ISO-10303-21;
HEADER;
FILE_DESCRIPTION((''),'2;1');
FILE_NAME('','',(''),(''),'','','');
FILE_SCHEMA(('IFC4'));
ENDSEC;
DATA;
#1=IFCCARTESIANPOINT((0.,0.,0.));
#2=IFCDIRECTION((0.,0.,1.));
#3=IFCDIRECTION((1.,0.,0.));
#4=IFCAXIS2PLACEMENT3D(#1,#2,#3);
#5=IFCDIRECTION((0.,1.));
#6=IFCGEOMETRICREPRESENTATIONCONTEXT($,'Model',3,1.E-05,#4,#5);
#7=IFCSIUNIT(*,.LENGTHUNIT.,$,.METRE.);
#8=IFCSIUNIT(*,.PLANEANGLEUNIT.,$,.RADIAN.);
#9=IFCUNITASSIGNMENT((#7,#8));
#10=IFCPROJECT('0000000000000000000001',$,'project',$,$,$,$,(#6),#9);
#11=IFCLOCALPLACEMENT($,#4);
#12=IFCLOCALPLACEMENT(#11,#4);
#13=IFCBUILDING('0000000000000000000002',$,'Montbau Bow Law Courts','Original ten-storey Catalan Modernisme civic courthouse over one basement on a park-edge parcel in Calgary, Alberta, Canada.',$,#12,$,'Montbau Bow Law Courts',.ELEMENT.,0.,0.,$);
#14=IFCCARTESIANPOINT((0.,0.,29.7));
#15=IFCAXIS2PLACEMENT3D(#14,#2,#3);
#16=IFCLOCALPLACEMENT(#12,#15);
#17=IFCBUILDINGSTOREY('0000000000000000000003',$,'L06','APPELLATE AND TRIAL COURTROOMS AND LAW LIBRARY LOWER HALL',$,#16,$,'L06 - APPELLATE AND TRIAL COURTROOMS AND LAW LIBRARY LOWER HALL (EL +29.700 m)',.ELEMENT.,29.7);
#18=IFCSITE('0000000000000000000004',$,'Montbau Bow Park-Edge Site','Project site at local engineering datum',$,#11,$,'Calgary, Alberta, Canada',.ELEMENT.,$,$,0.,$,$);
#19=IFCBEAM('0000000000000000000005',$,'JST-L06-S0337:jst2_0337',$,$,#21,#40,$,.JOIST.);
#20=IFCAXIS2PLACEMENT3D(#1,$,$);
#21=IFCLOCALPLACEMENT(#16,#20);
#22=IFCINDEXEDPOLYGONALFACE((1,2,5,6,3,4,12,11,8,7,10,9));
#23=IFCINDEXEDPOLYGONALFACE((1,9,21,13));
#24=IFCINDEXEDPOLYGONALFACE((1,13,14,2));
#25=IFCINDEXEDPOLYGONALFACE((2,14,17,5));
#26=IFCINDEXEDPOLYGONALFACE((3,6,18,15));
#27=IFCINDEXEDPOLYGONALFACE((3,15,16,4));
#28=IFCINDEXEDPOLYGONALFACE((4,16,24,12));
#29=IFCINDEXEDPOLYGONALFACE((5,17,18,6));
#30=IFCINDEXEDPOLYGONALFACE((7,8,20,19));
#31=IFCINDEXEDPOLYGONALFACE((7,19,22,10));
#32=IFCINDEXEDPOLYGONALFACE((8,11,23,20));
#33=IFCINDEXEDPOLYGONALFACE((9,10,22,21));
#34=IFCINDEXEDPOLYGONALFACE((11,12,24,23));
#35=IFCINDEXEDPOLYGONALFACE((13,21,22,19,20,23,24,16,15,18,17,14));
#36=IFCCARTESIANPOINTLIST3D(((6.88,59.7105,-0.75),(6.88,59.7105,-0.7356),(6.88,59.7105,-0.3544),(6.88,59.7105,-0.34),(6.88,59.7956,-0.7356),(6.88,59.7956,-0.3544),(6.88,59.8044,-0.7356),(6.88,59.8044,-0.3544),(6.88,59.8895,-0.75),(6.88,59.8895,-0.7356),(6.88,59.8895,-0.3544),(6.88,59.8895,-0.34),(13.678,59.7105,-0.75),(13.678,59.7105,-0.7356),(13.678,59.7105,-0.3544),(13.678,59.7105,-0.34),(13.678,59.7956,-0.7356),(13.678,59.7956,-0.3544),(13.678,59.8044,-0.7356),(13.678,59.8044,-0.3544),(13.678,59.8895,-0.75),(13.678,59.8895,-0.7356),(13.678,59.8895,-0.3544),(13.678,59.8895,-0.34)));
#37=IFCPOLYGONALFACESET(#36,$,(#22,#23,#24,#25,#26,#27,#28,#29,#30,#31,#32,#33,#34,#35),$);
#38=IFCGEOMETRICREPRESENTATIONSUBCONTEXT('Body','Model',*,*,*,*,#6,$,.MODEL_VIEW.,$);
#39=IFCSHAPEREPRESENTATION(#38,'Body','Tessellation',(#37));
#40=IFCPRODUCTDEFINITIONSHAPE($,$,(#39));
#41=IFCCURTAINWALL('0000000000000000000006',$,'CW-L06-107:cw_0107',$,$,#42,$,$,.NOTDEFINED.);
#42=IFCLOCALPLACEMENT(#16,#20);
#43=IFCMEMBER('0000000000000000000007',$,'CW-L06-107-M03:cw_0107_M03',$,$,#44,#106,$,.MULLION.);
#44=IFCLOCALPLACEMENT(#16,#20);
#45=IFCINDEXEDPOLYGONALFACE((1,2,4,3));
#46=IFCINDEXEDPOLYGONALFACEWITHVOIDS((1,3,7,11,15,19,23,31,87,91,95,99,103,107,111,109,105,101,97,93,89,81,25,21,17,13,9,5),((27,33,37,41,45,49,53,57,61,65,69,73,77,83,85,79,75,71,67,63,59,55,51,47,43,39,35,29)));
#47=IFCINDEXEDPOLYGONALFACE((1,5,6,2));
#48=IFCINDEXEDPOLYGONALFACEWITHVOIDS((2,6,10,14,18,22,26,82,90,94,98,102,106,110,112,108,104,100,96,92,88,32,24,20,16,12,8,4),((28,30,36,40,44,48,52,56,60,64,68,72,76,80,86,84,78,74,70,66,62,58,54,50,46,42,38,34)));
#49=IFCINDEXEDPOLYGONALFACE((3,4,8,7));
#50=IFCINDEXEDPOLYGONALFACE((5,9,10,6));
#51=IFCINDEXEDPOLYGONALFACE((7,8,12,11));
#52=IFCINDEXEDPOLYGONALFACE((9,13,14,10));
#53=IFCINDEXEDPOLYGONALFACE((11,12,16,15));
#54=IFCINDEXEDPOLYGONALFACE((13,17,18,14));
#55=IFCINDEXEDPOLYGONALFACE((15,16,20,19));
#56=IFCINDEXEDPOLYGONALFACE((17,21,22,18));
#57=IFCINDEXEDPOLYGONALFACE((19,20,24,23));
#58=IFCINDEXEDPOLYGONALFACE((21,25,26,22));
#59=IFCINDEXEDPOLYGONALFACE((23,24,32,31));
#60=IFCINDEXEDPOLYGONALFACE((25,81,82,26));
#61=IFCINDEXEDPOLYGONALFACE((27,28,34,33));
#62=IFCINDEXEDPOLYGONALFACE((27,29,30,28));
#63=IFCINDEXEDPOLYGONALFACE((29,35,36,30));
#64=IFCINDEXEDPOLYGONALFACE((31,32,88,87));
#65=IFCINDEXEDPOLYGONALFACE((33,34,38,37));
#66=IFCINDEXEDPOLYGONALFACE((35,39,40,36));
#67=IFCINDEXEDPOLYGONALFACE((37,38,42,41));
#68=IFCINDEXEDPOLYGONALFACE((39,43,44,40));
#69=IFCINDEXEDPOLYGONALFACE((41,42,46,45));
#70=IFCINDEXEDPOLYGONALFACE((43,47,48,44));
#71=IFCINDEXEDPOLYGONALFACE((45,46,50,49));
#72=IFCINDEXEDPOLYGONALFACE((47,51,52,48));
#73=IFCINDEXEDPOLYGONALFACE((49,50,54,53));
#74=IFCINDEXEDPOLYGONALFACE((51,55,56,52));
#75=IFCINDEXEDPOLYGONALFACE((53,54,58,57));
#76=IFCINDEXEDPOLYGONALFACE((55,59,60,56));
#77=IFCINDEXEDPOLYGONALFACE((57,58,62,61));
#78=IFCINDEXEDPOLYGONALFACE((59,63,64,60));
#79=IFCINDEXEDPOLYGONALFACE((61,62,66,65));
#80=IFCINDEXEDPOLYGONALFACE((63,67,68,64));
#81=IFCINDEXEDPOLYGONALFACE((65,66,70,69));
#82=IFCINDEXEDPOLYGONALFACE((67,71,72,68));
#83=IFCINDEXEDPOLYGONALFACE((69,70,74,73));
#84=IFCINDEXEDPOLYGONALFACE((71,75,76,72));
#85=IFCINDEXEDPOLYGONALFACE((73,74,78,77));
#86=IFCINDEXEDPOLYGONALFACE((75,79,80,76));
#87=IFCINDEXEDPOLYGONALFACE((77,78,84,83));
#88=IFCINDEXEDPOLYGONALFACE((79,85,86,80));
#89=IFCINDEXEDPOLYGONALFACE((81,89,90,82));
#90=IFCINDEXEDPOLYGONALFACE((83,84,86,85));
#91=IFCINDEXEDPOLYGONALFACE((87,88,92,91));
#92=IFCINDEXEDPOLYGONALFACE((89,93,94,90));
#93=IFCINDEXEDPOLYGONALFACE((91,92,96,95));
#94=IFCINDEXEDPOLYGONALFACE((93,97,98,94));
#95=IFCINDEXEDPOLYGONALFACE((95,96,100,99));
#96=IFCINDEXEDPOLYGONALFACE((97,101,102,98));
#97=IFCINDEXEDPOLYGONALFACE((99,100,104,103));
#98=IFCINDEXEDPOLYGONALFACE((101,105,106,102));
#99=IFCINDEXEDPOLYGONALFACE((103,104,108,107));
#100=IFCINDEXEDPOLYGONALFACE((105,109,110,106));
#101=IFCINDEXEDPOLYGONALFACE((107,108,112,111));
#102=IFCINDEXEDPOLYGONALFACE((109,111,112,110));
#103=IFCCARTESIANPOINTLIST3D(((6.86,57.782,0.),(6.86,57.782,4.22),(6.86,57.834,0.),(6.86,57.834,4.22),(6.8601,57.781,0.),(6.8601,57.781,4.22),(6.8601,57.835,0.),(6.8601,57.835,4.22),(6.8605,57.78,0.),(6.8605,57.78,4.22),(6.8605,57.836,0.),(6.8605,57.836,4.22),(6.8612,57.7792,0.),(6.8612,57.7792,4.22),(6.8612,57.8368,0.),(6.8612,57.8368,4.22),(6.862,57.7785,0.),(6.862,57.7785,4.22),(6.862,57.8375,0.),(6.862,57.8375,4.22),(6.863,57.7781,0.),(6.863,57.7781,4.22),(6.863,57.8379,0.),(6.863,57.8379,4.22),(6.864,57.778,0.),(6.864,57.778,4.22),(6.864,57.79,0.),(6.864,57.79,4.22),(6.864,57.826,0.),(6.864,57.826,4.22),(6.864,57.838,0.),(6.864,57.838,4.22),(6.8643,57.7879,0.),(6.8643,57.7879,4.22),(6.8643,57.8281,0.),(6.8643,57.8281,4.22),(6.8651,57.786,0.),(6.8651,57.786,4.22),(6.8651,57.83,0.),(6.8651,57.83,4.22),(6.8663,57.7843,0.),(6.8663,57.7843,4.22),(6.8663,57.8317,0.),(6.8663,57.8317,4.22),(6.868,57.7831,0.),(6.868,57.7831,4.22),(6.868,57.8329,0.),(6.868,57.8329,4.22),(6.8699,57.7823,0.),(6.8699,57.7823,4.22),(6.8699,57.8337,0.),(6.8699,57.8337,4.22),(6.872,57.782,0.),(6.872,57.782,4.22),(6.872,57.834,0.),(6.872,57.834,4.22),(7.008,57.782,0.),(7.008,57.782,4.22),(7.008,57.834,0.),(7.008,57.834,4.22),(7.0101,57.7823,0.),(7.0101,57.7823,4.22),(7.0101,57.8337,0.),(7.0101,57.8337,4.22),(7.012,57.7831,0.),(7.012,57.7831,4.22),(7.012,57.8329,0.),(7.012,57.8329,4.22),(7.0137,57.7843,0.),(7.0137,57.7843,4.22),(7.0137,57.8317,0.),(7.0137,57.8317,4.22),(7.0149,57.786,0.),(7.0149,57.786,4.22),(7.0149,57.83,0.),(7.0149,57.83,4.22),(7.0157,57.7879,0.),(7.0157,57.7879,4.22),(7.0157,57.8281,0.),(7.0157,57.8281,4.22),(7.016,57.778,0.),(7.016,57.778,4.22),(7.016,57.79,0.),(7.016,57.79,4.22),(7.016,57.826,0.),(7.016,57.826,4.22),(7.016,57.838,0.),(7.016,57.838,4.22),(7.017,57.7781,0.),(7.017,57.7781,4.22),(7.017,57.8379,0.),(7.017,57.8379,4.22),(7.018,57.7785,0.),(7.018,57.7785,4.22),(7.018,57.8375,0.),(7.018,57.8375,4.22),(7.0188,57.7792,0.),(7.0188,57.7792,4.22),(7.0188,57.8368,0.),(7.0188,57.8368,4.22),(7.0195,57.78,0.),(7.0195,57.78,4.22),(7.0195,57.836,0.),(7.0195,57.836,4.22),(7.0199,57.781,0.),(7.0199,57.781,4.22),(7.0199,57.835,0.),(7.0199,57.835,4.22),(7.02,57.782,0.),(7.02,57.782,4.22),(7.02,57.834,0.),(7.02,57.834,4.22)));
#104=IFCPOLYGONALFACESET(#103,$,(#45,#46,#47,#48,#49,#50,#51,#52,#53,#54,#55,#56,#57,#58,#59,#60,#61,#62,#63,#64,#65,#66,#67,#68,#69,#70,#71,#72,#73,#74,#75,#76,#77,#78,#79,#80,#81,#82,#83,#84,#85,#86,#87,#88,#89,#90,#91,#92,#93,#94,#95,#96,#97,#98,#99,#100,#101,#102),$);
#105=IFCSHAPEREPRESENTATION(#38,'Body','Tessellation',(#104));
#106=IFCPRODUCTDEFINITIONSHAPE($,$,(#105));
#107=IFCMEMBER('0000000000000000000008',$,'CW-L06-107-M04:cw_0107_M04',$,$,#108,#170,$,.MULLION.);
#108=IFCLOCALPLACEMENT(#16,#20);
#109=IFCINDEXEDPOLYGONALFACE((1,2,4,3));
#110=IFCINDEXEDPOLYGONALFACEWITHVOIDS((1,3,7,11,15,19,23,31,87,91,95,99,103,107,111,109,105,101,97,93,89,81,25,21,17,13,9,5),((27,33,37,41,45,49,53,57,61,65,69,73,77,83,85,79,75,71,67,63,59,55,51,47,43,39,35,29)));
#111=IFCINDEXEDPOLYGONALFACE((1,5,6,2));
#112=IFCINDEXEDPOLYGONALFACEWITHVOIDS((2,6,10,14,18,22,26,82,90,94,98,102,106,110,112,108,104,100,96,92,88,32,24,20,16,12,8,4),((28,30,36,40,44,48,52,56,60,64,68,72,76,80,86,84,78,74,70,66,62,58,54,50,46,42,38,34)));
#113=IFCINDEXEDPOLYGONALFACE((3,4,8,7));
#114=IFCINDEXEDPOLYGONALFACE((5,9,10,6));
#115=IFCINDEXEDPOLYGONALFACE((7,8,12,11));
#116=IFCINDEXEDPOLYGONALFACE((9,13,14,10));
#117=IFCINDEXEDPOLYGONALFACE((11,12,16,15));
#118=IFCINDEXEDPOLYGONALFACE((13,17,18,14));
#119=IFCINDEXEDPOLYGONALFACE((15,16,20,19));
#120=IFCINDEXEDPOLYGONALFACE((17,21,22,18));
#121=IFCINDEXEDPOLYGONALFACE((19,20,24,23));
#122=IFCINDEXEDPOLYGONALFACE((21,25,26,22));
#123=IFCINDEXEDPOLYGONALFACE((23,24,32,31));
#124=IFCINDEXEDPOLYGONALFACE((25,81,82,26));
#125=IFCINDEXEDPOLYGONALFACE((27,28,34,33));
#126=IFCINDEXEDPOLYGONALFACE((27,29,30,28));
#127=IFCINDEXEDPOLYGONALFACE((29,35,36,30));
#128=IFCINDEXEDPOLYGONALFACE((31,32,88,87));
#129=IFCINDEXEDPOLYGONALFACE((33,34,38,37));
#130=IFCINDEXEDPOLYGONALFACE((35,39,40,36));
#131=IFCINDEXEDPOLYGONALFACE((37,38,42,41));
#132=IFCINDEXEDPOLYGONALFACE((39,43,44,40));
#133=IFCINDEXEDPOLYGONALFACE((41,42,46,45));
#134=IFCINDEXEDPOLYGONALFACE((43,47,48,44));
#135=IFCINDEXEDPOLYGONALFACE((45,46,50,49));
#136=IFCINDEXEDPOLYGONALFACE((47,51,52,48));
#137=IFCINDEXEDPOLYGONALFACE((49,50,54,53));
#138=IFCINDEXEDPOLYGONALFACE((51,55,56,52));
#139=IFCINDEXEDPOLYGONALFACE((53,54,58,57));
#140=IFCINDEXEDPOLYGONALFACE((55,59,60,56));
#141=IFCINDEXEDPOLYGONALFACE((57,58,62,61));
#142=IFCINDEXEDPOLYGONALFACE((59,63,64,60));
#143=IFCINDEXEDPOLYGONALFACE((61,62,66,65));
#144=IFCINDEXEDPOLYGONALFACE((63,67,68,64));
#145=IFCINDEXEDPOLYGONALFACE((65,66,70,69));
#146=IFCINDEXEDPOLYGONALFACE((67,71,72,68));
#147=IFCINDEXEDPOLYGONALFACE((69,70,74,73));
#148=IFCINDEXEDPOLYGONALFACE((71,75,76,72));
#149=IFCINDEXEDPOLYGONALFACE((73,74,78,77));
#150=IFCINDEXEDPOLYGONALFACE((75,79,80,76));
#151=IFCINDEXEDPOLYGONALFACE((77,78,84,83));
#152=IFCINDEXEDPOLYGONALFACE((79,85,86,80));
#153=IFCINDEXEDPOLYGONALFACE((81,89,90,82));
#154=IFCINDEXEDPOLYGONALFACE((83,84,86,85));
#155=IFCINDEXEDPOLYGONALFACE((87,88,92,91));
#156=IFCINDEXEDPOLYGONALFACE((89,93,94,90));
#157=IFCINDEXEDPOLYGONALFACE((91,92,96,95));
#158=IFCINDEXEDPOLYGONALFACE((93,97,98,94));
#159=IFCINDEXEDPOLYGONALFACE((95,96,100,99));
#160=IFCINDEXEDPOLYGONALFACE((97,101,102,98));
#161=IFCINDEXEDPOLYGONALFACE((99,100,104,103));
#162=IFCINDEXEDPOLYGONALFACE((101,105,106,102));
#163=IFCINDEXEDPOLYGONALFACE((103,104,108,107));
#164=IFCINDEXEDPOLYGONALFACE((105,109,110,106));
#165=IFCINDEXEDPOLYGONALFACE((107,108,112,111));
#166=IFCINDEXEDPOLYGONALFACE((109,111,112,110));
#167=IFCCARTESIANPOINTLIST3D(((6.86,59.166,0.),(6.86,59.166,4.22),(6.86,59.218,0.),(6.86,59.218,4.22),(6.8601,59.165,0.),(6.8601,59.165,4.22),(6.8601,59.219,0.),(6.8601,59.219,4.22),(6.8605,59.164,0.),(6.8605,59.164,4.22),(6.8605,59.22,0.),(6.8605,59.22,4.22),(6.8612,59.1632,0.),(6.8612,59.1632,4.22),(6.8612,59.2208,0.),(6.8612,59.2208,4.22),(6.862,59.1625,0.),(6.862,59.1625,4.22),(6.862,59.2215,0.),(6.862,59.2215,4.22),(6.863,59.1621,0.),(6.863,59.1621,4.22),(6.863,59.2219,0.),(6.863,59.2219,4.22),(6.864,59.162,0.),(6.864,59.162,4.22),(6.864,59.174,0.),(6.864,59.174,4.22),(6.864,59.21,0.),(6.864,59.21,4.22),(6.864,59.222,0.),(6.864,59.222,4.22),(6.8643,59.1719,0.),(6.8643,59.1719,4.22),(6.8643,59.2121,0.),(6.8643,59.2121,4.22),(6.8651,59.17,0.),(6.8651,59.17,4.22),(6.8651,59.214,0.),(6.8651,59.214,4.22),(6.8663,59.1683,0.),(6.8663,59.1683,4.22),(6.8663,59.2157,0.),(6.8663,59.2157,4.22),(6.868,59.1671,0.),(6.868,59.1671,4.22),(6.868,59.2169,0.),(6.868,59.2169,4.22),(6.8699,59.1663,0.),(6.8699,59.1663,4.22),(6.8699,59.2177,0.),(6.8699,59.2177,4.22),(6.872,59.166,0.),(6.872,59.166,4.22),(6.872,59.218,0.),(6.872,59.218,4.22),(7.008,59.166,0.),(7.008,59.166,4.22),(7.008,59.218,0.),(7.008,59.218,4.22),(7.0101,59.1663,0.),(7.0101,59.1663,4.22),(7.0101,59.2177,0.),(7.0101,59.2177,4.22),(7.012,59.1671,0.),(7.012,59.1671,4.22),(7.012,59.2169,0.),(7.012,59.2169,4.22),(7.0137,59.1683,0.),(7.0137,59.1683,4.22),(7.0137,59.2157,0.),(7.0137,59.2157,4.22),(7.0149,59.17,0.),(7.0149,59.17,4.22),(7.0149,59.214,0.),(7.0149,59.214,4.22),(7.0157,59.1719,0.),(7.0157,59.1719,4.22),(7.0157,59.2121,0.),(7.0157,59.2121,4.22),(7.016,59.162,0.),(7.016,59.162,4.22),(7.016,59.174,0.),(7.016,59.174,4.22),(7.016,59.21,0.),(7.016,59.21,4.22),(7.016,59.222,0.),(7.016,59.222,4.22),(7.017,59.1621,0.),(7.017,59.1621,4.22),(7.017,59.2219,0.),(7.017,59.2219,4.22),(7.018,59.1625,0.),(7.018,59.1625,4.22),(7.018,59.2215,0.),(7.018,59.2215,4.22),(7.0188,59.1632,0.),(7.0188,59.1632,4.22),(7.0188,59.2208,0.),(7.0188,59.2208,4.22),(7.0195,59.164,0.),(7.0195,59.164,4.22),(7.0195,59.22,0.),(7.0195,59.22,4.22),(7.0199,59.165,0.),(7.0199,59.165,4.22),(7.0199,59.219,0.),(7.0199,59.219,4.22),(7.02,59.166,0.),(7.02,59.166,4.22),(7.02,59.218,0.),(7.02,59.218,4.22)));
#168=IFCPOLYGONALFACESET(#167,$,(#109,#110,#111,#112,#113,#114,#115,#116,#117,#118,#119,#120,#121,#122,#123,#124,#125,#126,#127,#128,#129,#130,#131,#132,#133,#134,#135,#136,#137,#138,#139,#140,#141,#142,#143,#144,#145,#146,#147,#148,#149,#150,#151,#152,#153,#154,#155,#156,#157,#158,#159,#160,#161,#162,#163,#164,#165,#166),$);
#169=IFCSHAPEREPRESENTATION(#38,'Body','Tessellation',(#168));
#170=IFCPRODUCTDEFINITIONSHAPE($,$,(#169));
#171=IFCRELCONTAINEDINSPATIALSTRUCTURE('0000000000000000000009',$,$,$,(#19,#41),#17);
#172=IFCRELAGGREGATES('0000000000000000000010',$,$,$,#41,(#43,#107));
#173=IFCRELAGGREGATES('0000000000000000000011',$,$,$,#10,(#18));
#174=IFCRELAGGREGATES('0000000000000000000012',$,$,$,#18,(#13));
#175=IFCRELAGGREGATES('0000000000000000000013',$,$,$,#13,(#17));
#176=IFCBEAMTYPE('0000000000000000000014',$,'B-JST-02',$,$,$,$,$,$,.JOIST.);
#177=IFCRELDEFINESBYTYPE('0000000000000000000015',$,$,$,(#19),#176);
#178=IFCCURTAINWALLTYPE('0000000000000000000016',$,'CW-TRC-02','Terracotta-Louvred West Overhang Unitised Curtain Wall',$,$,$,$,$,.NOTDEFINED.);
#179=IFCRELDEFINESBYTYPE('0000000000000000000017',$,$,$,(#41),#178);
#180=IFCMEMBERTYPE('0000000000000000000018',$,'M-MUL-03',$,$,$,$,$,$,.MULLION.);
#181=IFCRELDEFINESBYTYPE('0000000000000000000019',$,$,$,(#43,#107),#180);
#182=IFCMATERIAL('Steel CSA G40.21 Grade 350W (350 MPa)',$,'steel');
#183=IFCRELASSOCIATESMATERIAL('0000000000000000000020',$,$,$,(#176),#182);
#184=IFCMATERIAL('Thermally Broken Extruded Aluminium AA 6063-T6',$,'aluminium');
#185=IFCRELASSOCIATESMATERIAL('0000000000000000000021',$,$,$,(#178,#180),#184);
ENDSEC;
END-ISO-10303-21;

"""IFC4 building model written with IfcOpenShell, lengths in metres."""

from ifc_helpers import new_model, si_unit, direction, frame, origin_with_axes, origin_2d_with_axis, place, context, subcontext, project, spatial, hollow_rectangle, i_section, extrude, material, material_profile, profile_set, type_object, element, aggregate, save


model = new_model("IFC4")

# Units and contexts
model_context = context("Model", 3, precision=1e-05, world=origin_with_axes(), true_north=direction((0.0, 1.0)))
body_context = subcontext(model_context, "Body", "Model", "MODEL_VIEW")
ifc_project = project(units=[si_unit("LENGTHUNIT", "METRE"), si_unit("PLANEANGLEUNIT", "RADIAN")], contexts=[model_context])

# Site, building, storey
site_placement = place(None, origin_with_axes())
site = spatial("IfcSite", under=ifc_project, at=site_placement, Name="Montbau Bow Park-Edge Site", Description="Project site at local engineering datum", LongName="Calgary, Alberta, Canada", CompositionType="ELEMENT", RefElevation=0.0)
building_placement = place(site_placement, origin_with_axes())
building = spatial("IfcBuilding", under=site, at=building_placement, Name="Montbau Bow Law Courts", Description="Original ten-storey Catalan Modernisme civic courthouse over one basement on a park-edge parcel in Calgary, Alberta, Canada.", LongName="Montbau Bow Law Courts", CompositionType="ELEMENT", ElevationOfRefHeight=0.0, ElevationOfTerrain=0.0)
storey_placement = place(building_placement, frame((0.0, 0.0, 29.7), z_axis=(0.0, 0.0, 1.0), x_axis=(1.0, 0.0, 0.0)))
storey = spatial("IfcBuildingStorey", under=building, at=storey_placement, Name="L06", Description="APPELLATE AND TRIAL COURTROOMS AND LAW LIBRARY LOWER HALL", LongName="L06 - APPELLATE AND TRIAL COURTROOMS AND LAW LIBRARY LOWER HALL (EL +29.700 m)", CompositionType="ELEMENT", Elevation=29.7)

# Beam
ifc_material_1 = material(Name="Steel CSA G40.21 Grade 350W (350 MPa)", Category="steel")
ifc_material_profile_1 = material_profile(ifc_material_1, i_section(OverallWidth=0.179, OverallDepth=0.41, WebThickness=0.0088, FlangeThickness=0.0144, at=origin_2d_with_axis()), Name="W410X67", Category="Main", Priority=0)
ifc_profile_set_1 = profile_set([ifc_material_profile_1], Name="Steel CSA G40.21 Grade 350W (350 MPa)")
beam_type = type_object("IfcBeamType", Name="B-JST-02", PredefinedType="JOIST", material=ifc_profile_set_1)
beam_placement = place(None, frame((6.88, 59.8, 29.155), z_axis=(1.0, 0.0, 0.0), x_axis=(0.0, 1.0, 0.0)))
element("IfcBeam", 1, at=beam_placement, inside=storey, type_object=beam_type, Name="JST-L06-S0337:jst2_0337", PredefinedType="JOIST", context=body_context, shape_type="SweptSolid", body=[
    extrude(i_section(OverallWidth=0.179, OverallDepth=0.41, WebThickness=0.0088, FlangeThickness=0.0144, at=origin_2d_with_axis()), origin_with_axes(), (0.0, 0.0, 1.0), 6.798),
])

# Curtain wall, members
ifc_material_2 = material(Name="Thermally Broken Extruded Aluminium AA 6063-T6", Category="aluminium")
curtain_wall_type = type_object("IfcCurtainWallType", Name="CW-TRC-02", Description="Terracotta-Louvred West Overhang Unitised Curtain Wall", PredefinedType="NOTDEFINED", material=ifc_material_2)
curtain_wall_placement = place(None, frame((6.94, 55.04, 29.7), z_axis=(0.0, 0.0, 1.0), x_axis=(1.0, 0.0, 0.0)))
curtain_wall = element("IfcCurtainWall", 2, at=curtain_wall_placement, inside=storey, type_object=curtain_wall_type, Name="CW-L06-107:cw_0107", PredefinedType="NOTDEFINED")
ifc_material_profile_2 = material_profile(ifc_material_2, hollow_rectangle(XDim=0.06, YDim=0.16, WallThickness=0.004, InnerFilletRadius=0.008, OuterFilletRadius=0.004, at=origin_2d_with_axis()), Name="CWM-160X60", Category="Main", Priority=0)
ifc_profile_set_2 = profile_set([ifc_material_profile_2], Name="Thermally Broken Extruded Aluminium AA 6063-T6")
member_type_1 = type_object("IfcMemberType", Name="M-MUL-03", PredefinedType="MULLION", material=ifc_profile_set_2)
member_1_placement = place(None, frame((6.94, 57.808, 29.7), z_axis=(0.0, 0.0, 1.0), x_axis=(0.0, 1.0, 0.0)))
member_1 = element("IfcMember", 3, at=member_1_placement, type_object=member_type_1, Name="CW-L06-107-M03:cw_0107_M03", PredefinedType="MULLION", context=body_context, shape_type="SweptSolid", body=[
    extrude(hollow_rectangle(XDim=0.06, YDim=0.16, WallThickness=0.004, InnerFilletRadius=0.008, OuterFilletRadius=0.004, at=origin_2d_with_axis()), origin_with_axes(), (0.0, 0.0, 1.0), 4.22),
])
member_2_placement = place(None, frame((6.94, 59.192, 29.7), z_axis=(0.0, 0.0, 1.0), x_axis=(0.0, 1.0, 0.0)))
member_2 = element("IfcMember", 4, at=member_2_placement, type_object=member_type_1, Name="CW-L06-107-M04:cw_0107_M04", PredefinedType="MULLION", context=body_context, shape_type="SweptSolid", body=[
    extrude(hollow_rectangle(XDim=0.06, YDim=0.16, WallThickness=0.004, InnerFilletRadius=0.008, OuterFilletRadius=0.004, at=origin_2d_with_axis()), origin_with_axes(), (0.0, 0.0, 1.0), 4.22),
])
aggregate(curtain_wall, [member_1, member_2])

save(model, "model.ifc")
